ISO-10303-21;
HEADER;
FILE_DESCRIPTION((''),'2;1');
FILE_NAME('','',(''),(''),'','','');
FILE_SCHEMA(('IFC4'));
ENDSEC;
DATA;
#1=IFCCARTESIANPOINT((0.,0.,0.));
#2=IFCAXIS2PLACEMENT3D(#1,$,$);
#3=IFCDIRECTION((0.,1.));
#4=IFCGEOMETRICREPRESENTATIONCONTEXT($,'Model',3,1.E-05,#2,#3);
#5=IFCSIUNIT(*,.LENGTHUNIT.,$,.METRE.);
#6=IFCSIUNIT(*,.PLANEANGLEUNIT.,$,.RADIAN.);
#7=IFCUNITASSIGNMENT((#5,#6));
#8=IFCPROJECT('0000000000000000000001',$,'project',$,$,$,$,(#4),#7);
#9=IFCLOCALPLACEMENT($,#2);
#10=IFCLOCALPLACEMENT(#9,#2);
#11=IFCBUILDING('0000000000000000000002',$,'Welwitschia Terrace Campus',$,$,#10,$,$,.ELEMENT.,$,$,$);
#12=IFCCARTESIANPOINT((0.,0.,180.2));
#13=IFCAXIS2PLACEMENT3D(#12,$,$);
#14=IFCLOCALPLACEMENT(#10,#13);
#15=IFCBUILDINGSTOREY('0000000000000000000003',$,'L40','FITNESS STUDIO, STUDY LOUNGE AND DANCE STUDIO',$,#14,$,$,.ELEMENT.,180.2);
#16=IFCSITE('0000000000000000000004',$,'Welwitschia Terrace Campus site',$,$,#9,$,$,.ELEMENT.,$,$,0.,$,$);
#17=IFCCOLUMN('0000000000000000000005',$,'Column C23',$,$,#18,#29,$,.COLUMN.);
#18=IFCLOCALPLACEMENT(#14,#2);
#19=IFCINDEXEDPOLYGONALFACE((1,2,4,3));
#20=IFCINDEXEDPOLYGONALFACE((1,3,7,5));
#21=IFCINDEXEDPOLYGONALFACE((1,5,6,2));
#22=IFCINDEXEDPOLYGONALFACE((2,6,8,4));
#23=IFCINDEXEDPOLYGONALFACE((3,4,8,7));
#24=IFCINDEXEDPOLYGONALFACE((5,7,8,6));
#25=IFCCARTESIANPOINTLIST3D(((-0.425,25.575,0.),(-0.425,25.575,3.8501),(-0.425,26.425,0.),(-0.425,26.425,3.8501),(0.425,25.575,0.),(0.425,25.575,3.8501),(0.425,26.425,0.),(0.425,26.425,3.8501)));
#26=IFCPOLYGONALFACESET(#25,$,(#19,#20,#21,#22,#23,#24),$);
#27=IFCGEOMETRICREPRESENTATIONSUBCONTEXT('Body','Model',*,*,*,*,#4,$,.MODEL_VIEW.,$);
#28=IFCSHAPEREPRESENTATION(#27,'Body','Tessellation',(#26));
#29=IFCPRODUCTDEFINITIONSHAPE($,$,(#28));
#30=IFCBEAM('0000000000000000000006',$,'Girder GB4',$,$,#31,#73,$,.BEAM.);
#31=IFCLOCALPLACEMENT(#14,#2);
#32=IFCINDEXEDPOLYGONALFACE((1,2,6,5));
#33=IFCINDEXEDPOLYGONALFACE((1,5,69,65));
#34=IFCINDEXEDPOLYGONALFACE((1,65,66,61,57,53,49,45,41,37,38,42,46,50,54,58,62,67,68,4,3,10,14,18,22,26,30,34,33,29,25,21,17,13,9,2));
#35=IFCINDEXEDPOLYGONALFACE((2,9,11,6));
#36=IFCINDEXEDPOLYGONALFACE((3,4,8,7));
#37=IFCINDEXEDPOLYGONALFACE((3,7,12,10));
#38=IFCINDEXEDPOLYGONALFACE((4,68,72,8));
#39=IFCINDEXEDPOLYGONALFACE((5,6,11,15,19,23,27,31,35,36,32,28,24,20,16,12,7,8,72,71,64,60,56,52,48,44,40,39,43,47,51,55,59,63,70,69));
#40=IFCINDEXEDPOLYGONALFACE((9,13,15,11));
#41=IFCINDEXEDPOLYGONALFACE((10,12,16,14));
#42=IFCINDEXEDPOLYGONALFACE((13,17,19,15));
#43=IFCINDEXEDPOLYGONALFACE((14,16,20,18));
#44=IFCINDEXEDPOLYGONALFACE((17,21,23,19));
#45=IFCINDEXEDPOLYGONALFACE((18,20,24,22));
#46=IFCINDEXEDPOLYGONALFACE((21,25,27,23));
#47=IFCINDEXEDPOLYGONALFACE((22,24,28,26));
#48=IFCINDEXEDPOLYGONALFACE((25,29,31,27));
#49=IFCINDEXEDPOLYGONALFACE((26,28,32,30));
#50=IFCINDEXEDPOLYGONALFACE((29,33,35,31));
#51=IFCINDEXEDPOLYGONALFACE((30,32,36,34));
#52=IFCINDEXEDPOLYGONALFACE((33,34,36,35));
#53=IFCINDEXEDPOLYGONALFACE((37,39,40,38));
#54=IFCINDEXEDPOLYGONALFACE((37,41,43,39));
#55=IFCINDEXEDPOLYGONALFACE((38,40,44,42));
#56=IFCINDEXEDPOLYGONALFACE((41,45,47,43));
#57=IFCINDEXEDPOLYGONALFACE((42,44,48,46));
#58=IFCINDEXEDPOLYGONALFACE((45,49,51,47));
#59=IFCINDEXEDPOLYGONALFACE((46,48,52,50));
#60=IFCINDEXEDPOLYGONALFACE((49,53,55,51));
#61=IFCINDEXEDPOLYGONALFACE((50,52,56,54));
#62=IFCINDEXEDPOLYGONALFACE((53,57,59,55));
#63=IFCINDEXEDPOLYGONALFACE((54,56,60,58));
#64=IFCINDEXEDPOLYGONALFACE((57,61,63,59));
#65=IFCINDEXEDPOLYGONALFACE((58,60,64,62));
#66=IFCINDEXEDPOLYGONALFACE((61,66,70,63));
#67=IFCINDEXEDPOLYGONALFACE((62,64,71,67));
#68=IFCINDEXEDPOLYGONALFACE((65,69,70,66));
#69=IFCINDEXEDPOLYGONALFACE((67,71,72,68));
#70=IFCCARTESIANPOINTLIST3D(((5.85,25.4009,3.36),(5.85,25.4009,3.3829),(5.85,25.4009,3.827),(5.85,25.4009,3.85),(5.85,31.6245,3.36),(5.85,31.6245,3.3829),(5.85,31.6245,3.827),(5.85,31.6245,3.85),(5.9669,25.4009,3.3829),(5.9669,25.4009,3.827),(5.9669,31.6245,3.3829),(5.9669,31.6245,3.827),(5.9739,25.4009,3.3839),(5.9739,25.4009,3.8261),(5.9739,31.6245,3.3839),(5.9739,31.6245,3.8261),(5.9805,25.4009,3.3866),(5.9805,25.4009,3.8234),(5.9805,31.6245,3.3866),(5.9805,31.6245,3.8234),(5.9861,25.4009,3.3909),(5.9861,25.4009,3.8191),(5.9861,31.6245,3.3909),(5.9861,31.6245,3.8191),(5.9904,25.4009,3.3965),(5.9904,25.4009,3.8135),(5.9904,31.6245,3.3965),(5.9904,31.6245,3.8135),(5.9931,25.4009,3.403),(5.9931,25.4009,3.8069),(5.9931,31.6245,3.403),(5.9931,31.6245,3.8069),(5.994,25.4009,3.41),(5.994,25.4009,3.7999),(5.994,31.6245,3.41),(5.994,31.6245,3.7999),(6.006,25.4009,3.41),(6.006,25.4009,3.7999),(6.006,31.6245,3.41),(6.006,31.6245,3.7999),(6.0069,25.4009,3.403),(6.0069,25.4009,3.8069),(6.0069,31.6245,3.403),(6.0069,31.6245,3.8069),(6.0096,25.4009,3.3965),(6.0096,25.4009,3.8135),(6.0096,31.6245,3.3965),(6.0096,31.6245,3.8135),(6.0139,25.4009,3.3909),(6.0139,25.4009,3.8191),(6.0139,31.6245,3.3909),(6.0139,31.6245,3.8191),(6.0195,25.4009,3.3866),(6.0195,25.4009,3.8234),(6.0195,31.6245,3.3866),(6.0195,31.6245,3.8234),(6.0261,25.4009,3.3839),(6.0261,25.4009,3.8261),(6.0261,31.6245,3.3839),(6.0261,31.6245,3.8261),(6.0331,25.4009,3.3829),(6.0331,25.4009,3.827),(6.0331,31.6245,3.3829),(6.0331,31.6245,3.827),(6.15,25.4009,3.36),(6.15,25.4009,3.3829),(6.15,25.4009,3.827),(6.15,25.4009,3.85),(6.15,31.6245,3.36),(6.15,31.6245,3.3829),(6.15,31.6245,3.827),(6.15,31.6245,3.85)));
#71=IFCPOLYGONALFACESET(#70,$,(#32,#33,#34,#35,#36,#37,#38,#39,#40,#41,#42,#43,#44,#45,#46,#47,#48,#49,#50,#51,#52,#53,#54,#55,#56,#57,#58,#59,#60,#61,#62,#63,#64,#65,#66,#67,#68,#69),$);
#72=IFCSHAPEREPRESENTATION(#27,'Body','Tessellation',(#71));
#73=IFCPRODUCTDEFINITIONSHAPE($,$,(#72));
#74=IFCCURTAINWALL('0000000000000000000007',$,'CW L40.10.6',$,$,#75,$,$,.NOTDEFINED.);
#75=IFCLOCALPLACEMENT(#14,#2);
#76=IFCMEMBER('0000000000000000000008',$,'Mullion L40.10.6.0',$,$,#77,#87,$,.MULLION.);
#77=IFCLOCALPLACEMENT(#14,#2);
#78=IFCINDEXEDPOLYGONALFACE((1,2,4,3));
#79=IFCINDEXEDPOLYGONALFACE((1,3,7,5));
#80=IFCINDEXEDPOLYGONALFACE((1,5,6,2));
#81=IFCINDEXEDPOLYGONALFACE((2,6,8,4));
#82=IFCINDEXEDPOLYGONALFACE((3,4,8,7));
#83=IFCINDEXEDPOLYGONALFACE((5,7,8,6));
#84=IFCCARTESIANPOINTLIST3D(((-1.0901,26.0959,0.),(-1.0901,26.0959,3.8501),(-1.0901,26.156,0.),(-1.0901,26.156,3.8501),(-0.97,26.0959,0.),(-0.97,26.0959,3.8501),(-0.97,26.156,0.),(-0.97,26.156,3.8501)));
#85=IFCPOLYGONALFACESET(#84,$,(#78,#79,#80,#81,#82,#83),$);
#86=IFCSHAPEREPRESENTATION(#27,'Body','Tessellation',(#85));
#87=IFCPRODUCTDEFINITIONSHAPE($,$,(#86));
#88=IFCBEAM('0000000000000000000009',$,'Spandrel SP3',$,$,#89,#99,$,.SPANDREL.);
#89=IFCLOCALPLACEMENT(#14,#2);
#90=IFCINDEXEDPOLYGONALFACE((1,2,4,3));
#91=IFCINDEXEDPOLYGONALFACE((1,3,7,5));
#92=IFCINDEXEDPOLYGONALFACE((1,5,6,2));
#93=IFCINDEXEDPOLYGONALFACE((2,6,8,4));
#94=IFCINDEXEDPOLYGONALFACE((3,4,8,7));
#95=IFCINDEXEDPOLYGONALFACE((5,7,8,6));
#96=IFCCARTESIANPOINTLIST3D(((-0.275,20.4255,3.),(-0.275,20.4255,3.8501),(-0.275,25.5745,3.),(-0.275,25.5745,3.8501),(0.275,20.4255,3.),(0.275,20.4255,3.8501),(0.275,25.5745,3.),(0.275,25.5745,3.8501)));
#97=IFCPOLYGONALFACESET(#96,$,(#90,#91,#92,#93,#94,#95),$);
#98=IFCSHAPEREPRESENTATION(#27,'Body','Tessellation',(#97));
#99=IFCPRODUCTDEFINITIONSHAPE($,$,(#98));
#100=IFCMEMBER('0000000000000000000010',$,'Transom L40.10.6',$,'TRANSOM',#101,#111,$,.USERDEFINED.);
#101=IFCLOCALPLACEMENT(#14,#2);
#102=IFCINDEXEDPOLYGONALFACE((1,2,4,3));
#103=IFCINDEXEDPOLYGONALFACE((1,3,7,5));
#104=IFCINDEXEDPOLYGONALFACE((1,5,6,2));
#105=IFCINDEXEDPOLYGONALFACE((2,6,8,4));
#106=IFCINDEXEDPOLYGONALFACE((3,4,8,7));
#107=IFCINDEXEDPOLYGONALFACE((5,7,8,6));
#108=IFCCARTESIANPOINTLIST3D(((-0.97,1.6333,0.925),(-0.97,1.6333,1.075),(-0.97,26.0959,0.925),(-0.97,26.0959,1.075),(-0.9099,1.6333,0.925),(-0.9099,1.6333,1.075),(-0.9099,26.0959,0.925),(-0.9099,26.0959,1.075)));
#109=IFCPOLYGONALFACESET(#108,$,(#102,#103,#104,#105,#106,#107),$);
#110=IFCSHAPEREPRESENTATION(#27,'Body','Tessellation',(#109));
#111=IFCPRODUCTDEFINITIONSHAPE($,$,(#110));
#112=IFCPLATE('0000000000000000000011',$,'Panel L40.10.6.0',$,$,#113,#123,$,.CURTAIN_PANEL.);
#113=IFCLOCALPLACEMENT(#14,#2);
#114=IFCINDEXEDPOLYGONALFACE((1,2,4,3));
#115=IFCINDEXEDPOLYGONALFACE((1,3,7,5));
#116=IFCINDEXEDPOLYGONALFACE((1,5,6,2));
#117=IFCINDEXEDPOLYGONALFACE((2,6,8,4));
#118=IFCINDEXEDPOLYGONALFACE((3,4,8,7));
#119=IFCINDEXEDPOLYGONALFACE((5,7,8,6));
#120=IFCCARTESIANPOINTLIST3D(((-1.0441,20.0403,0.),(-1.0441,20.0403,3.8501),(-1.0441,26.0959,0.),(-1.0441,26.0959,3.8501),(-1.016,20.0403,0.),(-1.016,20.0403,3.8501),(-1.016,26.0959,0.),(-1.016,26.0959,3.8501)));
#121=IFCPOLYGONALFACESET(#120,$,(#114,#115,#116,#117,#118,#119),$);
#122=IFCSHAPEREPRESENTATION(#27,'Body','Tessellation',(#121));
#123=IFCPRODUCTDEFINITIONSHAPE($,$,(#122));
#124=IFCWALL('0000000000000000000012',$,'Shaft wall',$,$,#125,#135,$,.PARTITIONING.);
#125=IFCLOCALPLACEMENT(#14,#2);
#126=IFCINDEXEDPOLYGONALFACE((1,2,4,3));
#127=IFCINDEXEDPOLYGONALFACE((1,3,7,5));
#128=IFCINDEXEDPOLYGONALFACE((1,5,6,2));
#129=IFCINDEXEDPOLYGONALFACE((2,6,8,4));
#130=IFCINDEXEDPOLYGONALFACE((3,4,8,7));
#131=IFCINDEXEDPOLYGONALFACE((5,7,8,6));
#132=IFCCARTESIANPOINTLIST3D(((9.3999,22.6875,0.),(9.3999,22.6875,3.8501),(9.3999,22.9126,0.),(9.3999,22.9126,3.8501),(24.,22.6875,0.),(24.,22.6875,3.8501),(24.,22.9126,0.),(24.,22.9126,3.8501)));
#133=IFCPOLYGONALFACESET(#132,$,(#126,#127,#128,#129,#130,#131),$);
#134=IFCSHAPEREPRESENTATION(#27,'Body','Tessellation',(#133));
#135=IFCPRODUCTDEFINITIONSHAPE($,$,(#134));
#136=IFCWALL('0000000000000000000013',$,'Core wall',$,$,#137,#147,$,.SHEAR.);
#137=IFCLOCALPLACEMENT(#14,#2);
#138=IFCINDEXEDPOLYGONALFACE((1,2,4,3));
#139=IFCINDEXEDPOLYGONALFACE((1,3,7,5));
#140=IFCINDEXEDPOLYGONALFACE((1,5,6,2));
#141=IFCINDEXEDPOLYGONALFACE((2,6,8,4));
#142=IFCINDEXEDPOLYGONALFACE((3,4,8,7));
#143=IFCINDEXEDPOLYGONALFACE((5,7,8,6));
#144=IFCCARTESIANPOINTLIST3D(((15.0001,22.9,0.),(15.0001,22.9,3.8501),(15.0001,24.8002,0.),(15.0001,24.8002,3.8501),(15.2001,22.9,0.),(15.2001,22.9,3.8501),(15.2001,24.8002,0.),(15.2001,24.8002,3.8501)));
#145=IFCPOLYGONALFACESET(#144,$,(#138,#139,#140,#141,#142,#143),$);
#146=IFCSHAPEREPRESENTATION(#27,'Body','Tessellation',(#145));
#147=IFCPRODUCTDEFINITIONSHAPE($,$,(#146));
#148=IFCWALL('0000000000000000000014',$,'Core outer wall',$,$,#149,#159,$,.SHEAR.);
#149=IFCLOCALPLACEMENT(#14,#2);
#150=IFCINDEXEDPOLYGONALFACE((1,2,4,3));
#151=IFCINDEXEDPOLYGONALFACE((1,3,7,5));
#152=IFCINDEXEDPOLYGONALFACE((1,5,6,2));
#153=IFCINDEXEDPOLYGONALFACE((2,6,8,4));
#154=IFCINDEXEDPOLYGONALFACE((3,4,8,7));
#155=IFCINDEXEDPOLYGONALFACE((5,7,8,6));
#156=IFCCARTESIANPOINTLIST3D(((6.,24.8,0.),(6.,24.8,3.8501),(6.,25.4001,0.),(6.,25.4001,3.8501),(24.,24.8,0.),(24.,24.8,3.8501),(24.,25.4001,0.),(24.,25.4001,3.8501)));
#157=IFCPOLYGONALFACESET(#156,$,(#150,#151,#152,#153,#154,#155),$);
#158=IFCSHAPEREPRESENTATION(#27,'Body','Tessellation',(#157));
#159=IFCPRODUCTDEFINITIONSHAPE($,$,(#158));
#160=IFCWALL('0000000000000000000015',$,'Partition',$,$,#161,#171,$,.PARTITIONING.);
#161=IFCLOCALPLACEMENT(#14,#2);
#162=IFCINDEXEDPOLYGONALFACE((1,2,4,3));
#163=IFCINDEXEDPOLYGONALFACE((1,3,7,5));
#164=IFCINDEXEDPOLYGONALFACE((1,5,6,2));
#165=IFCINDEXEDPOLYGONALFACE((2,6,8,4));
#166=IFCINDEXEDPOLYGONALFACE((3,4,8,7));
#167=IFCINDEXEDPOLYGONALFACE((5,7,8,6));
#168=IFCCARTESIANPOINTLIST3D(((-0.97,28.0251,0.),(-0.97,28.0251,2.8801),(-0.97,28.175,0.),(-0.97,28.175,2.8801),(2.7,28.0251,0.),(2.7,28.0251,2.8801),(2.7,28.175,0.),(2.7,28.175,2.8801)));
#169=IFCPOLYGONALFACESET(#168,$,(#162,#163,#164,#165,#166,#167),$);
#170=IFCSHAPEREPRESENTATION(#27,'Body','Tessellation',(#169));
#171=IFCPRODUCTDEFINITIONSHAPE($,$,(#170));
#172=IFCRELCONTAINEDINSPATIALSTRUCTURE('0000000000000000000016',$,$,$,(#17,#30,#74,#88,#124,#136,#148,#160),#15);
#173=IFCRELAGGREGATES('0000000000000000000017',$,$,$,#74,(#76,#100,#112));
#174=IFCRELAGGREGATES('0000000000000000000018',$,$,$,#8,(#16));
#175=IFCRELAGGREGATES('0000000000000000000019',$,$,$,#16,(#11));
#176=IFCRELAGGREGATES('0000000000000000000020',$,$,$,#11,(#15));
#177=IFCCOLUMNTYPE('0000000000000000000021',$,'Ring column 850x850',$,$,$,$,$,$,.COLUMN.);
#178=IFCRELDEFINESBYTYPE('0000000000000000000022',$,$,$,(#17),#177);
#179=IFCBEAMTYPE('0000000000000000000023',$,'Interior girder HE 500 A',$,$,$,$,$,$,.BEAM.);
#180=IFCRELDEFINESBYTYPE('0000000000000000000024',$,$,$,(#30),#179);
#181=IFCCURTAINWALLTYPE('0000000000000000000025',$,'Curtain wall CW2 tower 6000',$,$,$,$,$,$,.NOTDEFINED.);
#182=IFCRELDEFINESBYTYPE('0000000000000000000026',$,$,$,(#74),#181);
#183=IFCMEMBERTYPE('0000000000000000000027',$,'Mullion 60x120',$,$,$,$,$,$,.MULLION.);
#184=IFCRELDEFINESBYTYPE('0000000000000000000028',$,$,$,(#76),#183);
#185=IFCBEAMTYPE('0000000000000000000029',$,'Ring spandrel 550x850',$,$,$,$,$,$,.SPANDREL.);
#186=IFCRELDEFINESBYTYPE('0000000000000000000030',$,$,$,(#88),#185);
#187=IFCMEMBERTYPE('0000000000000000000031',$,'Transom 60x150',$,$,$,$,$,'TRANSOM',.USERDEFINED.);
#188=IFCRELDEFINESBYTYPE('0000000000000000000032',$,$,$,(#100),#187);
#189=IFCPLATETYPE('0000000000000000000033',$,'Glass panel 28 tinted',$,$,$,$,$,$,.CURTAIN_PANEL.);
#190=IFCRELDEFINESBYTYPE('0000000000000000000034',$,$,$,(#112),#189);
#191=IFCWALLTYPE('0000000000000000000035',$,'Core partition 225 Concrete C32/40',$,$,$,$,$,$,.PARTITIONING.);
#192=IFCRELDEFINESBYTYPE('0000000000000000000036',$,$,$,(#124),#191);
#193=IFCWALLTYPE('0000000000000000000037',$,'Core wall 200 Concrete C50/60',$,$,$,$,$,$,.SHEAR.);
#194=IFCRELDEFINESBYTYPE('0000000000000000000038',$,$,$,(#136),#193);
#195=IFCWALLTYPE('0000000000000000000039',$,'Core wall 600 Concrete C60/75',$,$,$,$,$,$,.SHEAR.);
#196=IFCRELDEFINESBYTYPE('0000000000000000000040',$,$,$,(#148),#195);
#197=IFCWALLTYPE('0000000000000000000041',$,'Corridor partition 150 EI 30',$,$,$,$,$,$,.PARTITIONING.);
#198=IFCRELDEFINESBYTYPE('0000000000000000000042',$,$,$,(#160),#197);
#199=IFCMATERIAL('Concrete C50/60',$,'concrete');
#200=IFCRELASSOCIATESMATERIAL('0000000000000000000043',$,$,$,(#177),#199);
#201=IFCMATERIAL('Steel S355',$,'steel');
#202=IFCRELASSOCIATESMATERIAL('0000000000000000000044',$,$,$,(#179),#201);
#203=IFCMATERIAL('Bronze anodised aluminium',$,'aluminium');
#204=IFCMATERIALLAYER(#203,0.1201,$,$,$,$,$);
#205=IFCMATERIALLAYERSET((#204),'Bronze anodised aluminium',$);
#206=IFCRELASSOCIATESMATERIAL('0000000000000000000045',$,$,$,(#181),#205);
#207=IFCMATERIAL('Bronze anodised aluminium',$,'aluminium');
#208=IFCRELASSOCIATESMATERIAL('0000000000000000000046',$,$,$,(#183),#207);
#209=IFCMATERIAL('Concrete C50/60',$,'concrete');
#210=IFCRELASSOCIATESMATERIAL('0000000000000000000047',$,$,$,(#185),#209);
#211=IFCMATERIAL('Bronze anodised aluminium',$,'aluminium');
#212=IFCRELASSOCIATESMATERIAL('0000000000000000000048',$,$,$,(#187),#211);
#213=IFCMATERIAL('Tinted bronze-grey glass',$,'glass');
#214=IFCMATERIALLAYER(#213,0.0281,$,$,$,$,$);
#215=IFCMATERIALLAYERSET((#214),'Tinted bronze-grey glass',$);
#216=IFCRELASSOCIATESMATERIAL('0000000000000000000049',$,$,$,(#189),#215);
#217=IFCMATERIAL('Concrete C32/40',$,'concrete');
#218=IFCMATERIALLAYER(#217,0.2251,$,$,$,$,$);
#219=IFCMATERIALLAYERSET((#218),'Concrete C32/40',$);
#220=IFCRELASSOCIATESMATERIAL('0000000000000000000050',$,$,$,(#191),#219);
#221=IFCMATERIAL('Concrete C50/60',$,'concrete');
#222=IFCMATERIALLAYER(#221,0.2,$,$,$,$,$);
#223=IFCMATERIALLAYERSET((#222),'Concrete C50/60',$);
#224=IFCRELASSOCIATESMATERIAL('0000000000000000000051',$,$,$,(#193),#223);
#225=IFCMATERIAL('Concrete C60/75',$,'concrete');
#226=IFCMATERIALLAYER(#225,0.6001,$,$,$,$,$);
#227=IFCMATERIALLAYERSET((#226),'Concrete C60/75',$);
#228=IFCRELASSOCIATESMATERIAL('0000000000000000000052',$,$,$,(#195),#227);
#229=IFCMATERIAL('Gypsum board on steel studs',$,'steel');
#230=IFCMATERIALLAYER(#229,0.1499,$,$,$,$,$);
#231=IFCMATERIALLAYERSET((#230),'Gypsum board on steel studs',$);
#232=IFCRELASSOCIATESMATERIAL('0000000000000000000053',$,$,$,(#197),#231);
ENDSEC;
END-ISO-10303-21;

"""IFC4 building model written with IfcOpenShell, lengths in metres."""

from ifc_helpers import new_model, si_unit, direction, frame, frame_2d, origin, origin_2d, place, context, subcontext, project, spatial, rectangle, i_section, extrude, material, layer, layer_set, material_profile, profile_set, type_object, element, aggregate, save


model = new_model("IFC4")

# Units and contexts
model_context = context("Model", 3, precision=1e-05, world=origin(), true_north=direction((0.0, 1.0)))
body_context = subcontext(model_context, "Body", "Model", "MODEL_VIEW")
ifc_project = project(units=[si_unit("LENGTHUNIT", "METRE"), si_unit("PLANEANGLEUNIT", "RADIAN")], contexts=[model_context])

# Site, building, storey
site_placement = place(None, origin())
site = spatial("IfcSite", under=ifc_project, at=site_placement, Name="Welwitschia Terrace Campus site", CompositionType="ELEMENT", RefElevation=0.0)
building_placement = place(site_placement, origin())
building = spatial("IfcBuilding", under=site, at=building_placement, Name="Welwitschia Terrace Campus", CompositionType="ELEMENT")
storey_placement = place(building_placement, frame((0.0, 0.0, 180.2)))
storey = spatial("IfcBuildingStorey", under=building, at=storey_placement, Name="L40", Description="FITNESS STUDIO, STUDY LOUNGE AND DANCE STUDIO", CompositionType="ELEMENT", Elevation=180.2)

# Column
ifc_material_1 = material(Name="Concrete C50/60", Category="concrete")
ifc_material_profile_1 = material_profile(ifc_material_1, rectangle(XDim=0.8501, YDim=0.8501, at=origin_2d()))
ifc_profile_set_1 = profile_set([ifc_material_profile_1], Name="Concrete C50/60")
column_type = type_object("IfcColumnType", Name="Ring column 850x850", PredefinedType="COLUMN", material=ifc_profile_set_1)
column_placement = place(storey_placement, frame((0.0, 26.0, 0.0), z_axis=(0.0, 0.0, 1.0), x_axis=(1.0, 0.0, 0.0)))
element("IfcColumn", 1, at=column_placement, inside=storey, type_object=column_type, Name="Column C23", PredefinedType="COLUMN", context=body_context, shape_type="SweptSolid", body=[
    extrude(rectangle(XDim=0.8501, YDim=0.8501, at=origin_2d()), origin(), (0.0, 0.0, 1.0), 3.8501),
])

# Beam
ifc_material_2 = material(Name="Steel S355", Category="steel")
ifc_material_profile_2 = material_profile(ifc_material_2, i_section(OverallWidth=0.3, OverallDepth=0.49, WebThickness=0.012, FlangeThickness=0.0229, FilletRadius=0.0271, at=origin_2d()))
ifc_profile_set_2 = profile_set([ifc_material_profile_2], Name="Steel S355")
beam_type_1 = type_object("IfcBeamType", Name="Interior girder HE 500 A", PredefinedType="BEAM", material=ifc_profile_set_2)
beam_1_placement = place(storey_placement, frame((6.0, 25.4009, 3.605), z_axis=(0.0, 1.0, 0.0), x_axis=(-1.0, 0.0, 0.0)))
element("IfcBeam", 2, at=beam_1_placement, inside=storey, type_object=beam_type_1, Name="Girder GB4", PredefinedType="BEAM", context=body_context, shape_type="SweptSolid", body=[
    extrude(i_section(OverallWidth=0.3, OverallDepth=0.49, WebThickness=0.012, FlangeThickness=0.0229, FilletRadius=0.0271, at=origin_2d()), origin(), (0.0, 0.0, 1.0), 6.2236),
])

# Curtain wall, member
ifc_material_3 = material(Name="Bronze anodised aluminium", Category="aluminium")
ifc_layer_1 = layer(ifc_material_3, 0.1201)
ifc_layer_set_1 = layer_set([ifc_layer_1], Name="Bronze anodised aluminium")
curtain_wall_type = type_object("IfcCurtainWallType", Name="Curtain wall CW2 tower 6000", PredefinedType="NOTDEFINED", material=ifc_layer_set_1)
curtain_wall_placement = place(storey_placement, origin())
curtain_wall = element("IfcCurtainWall", 3, at=curtain_wall_placement, inside=storey, type_object=curtain_wall_type, Name="CW L40.10.6", PredefinedType="NOTDEFINED")
ifc_material_4 = material(Name="Bronze anodised aluminium", Category="aluminium")
ifc_material_profile_3 = material_profile(ifc_material_4, rectangle(XDim=0.1201, YDim=0.0601, at=origin_2d()))
ifc_profile_set_3 = profile_set([ifc_material_profile_3], Name="Bronze anodised aluminium")
member_type_1 = type_object("IfcMemberType", Name="Mullion 60x120", PredefinedType="MULLION", material=ifc_profile_set_3)
member_1_placement = place(storey_placement, frame((-1.03, 26.126, 0.0), z_axis=(0.0, 0.0, 1.0), x_axis=(1.0, 0.0, 0.0)))
member_1 = element("IfcMember", 4, at=member_1_placement, type_object=member_type_1, Name="Mullion L40.10.6.0", PredefinedType="MULLION", context=body_context, shape_type="SweptSolid", body=[
    extrude(rectangle(XDim=0.1201, YDim=0.0601, at=origin_2d()), origin(), (0.0, 0.0, 1.0), 3.8501),
])

# Beam
ifc_material_5 = material(Name="Concrete C50/60", Category="concrete")
ifc_material_profile_4 = material_profile(ifc_material_5, rectangle(XDim=0.55, YDim=0.8501, at=origin_2d()))
ifc_profile_set_4 = profile_set([ifc_material_profile_4], Name="Concrete C50/60")
beam_type_2 = type_object("IfcBeamType", Name="Ring spandrel 550x850", PredefinedType="SPANDREL", material=ifc_profile_set_4)
beam_2_placement = place(storey_placement, frame((0.0, 25.5745, 3.425), z_axis=(0.0, -1.0, 0.0), x_axis=(1.0, 0.0, 0.0)))
element("IfcBeam", 5, at=beam_2_placement, inside=storey, type_object=beam_type_2, Name="Spandrel SP3", PredefinedType="SPANDREL", context=body_context, shape_type="SweptSolid", body=[
    extrude(rectangle(XDim=0.55, YDim=0.8501, at=origin_2d()), origin(), (0.0, 0.0, 1.0), 5.1489),
])

# Member
ifc_material_6 = material(Name="Bronze anodised aluminium", Category="aluminium")
ifc_material_profile_5 = material_profile(ifc_material_6, rectangle(XDim=0.0601, YDim=0.1499, at=origin_2d()))
ifc_profile_set_5 = profile_set([ifc_material_profile_5], Name="Bronze anodised aluminium")
member_type_2 = type_object("IfcMemberType", Name="Transom 60x150", ElementType="TRANSOM", PredefinedType="USERDEFINED", material=ifc_profile_set_5)
member_2_placement = place(storey_placement, frame((-0.9399, 26.0959, 1.0), z_axis=(0.0, -1.0, 0.0), x_axis=(1.0, 0.0, 0.0)))
member_2 = element("IfcMember", 6, at=member_2_placement, type_object=member_type_2, Name="Transom L40.10.6", ObjectType="TRANSOM", PredefinedType="USERDEFINED", context=body_context, shape_type="SweptSolid", body=[
    extrude(rectangle(XDim=0.0601, YDim=0.1499, at=origin_2d()), origin(), (0.0, 0.0, 1.0), 24.4626),
])

# Plate
ifc_material_7 = material(Name="Tinted bronze-grey glass", Category="glass")
ifc_layer_2 = layer(ifc_material_7, 0.0281)
ifc_layer_set_2 = layer_set([ifc_layer_2], Name="Tinted bronze-grey glass")
plate_type = type_object("IfcPlateType", Name="Glass panel 28 tinted", PredefinedType="CURTAIN_PANEL", material=ifc_layer_set_2)
plate_placement = place(storey_placement, frame((-1.03, 23.0681, 0.0), z_axis=(0.0, 0.0, 1.0), x_axis=(0.0, -1.0, 0.0)))
plate = element("IfcPlate", 7, at=plate_placement, type_object=plate_type, Name="Panel L40.10.6.0", PredefinedType="CURTAIN_PANEL", context=body_context, shape_type="SweptSolid", body=[
    extrude(rectangle(XDim=6.0557, YDim=0.0281, at=origin_2d()), origin(), (0.0, 0.0, 1.0), 3.8501),
])
aggregate(curtain_wall, [member_1, member_2, plate])

# Walls
ifc_material_8 = material(Name="Concrete C32/40", Category="concrete")
ifc_layer_3 = layer(ifc_material_8, 0.2251)
ifc_layer_set_3 = layer_set([ifc_layer_3], Name="Concrete C32/40")
wall_type_1 = type_object("IfcWallType", Name="Core partition 225 Concrete C32/40", PredefinedType="PARTITIONING", material=ifc_layer_set_3)
wall_1_placement = place(storey_placement, frame((9.3999, 22.8, 0.0), z_axis=(0.0, 0.0, 1.0), x_axis=(1.0, 0.0, 0.0)))
element("IfcWall", 8, at=wall_1_placement, inside=storey, type_object=wall_type_1, Name="Shaft wall", PredefinedType="PARTITIONING", context=body_context, shape_type="SweptSolid", body=[
    extrude(rectangle(XDim=14.6001, YDim=0.2251, at=frame_2d((7.3, 0.0))), origin(), (0.0, 0.0, 1.0), 3.8501),
])
ifc_material_9 = material(Name="Concrete C50/60", Category="concrete")
ifc_layer_4 = layer(ifc_material_9, 0.2)
ifc_layer_set_4 = layer_set([ifc_layer_4], Name="Concrete C50/60")
wall_type_2 = type_object("IfcWallType", Name="Core wall 200 Concrete C50/60", PredefinedType="SHEAR", material=ifc_layer_set_4)
wall_2_placement = place(storey_placement, frame((15.1001, 22.8999, 0.0), z_axis=(0.0, 0.0, 1.0), x_axis=(0.0, 1.0, 0.0)))
element("IfcWall", 9, at=wall_2_placement, inside=storey, type_object=wall_type_2, Name="Core wall", PredefinedType="SHEAR", context=body_context, shape_type="SweptSolid", body=[
    extrude(rectangle(XDim=1.9001, YDim=0.2, at=frame_2d((0.9502, 0.0))), origin(), (0.0, 0.0, 1.0), 3.8501),
])
ifc_material_10 = material(Name="Concrete C60/75", Category="concrete")
ifc_layer_5 = layer(ifc_material_10, 0.6001)
ifc_layer_set_5 = layer_set([ifc_layer_5], Name="Concrete C60/75")
wall_type_3 = type_object("IfcWallType", Name="Core wall 600 Concrete C60/75", PredefinedType="SHEAR", material=ifc_layer_set_5)
wall_3_placement = place(storey_placement, frame((6.0, 25.1001, 0.0), z_axis=(0.0, 0.0, 1.0), x_axis=(1.0, 0.0, 0.0)))
element("IfcWall", 10, at=wall_3_placement, inside=storey, type_object=wall_type_3, Name="Core outer wall", PredefinedType="SHEAR", context=body_context, shape_type="SweptSolid", body=[
    extrude(rectangle(XDim=18.0, YDim=0.6001, at=frame_2d((9.0, 0.0))), origin(), (0.0, 0.0, 1.0), 3.8501),
])
ifc_material_11 = material(Name="Gypsum board on steel studs", Category="steel")
ifc_layer_6 = layer(ifc_material_11, 0.1499)
ifc_layer_set_6 = layer_set([ifc_layer_6], Name="Gypsum board on steel studs")
wall_type_4 = type_object("IfcWallType", Name="Corridor partition 150 EI 30", PredefinedType="PARTITIONING", material=ifc_layer_set_6)
wall_4_placement = place(storey_placement, frame((-0.97, 28.1001, 0.0), z_axis=(0.0, 0.0, 1.0), x_axis=(1.0, 0.0, 0.0)))
element("IfcWall", 11, at=wall_4_placement, inside=storey, type_object=wall_type_4, Name="Partition", PredefinedType="PARTITIONING", context=body_context, shape_type="SweptSolid", body=[
    extrude(rectangle(XDim=3.6699, YDim=0.1499, at=frame_2d((1.835, 0.0))), origin(), (0.0, 0.0, 1.0), 2.8801),
])

save(model, "model.ifc")
